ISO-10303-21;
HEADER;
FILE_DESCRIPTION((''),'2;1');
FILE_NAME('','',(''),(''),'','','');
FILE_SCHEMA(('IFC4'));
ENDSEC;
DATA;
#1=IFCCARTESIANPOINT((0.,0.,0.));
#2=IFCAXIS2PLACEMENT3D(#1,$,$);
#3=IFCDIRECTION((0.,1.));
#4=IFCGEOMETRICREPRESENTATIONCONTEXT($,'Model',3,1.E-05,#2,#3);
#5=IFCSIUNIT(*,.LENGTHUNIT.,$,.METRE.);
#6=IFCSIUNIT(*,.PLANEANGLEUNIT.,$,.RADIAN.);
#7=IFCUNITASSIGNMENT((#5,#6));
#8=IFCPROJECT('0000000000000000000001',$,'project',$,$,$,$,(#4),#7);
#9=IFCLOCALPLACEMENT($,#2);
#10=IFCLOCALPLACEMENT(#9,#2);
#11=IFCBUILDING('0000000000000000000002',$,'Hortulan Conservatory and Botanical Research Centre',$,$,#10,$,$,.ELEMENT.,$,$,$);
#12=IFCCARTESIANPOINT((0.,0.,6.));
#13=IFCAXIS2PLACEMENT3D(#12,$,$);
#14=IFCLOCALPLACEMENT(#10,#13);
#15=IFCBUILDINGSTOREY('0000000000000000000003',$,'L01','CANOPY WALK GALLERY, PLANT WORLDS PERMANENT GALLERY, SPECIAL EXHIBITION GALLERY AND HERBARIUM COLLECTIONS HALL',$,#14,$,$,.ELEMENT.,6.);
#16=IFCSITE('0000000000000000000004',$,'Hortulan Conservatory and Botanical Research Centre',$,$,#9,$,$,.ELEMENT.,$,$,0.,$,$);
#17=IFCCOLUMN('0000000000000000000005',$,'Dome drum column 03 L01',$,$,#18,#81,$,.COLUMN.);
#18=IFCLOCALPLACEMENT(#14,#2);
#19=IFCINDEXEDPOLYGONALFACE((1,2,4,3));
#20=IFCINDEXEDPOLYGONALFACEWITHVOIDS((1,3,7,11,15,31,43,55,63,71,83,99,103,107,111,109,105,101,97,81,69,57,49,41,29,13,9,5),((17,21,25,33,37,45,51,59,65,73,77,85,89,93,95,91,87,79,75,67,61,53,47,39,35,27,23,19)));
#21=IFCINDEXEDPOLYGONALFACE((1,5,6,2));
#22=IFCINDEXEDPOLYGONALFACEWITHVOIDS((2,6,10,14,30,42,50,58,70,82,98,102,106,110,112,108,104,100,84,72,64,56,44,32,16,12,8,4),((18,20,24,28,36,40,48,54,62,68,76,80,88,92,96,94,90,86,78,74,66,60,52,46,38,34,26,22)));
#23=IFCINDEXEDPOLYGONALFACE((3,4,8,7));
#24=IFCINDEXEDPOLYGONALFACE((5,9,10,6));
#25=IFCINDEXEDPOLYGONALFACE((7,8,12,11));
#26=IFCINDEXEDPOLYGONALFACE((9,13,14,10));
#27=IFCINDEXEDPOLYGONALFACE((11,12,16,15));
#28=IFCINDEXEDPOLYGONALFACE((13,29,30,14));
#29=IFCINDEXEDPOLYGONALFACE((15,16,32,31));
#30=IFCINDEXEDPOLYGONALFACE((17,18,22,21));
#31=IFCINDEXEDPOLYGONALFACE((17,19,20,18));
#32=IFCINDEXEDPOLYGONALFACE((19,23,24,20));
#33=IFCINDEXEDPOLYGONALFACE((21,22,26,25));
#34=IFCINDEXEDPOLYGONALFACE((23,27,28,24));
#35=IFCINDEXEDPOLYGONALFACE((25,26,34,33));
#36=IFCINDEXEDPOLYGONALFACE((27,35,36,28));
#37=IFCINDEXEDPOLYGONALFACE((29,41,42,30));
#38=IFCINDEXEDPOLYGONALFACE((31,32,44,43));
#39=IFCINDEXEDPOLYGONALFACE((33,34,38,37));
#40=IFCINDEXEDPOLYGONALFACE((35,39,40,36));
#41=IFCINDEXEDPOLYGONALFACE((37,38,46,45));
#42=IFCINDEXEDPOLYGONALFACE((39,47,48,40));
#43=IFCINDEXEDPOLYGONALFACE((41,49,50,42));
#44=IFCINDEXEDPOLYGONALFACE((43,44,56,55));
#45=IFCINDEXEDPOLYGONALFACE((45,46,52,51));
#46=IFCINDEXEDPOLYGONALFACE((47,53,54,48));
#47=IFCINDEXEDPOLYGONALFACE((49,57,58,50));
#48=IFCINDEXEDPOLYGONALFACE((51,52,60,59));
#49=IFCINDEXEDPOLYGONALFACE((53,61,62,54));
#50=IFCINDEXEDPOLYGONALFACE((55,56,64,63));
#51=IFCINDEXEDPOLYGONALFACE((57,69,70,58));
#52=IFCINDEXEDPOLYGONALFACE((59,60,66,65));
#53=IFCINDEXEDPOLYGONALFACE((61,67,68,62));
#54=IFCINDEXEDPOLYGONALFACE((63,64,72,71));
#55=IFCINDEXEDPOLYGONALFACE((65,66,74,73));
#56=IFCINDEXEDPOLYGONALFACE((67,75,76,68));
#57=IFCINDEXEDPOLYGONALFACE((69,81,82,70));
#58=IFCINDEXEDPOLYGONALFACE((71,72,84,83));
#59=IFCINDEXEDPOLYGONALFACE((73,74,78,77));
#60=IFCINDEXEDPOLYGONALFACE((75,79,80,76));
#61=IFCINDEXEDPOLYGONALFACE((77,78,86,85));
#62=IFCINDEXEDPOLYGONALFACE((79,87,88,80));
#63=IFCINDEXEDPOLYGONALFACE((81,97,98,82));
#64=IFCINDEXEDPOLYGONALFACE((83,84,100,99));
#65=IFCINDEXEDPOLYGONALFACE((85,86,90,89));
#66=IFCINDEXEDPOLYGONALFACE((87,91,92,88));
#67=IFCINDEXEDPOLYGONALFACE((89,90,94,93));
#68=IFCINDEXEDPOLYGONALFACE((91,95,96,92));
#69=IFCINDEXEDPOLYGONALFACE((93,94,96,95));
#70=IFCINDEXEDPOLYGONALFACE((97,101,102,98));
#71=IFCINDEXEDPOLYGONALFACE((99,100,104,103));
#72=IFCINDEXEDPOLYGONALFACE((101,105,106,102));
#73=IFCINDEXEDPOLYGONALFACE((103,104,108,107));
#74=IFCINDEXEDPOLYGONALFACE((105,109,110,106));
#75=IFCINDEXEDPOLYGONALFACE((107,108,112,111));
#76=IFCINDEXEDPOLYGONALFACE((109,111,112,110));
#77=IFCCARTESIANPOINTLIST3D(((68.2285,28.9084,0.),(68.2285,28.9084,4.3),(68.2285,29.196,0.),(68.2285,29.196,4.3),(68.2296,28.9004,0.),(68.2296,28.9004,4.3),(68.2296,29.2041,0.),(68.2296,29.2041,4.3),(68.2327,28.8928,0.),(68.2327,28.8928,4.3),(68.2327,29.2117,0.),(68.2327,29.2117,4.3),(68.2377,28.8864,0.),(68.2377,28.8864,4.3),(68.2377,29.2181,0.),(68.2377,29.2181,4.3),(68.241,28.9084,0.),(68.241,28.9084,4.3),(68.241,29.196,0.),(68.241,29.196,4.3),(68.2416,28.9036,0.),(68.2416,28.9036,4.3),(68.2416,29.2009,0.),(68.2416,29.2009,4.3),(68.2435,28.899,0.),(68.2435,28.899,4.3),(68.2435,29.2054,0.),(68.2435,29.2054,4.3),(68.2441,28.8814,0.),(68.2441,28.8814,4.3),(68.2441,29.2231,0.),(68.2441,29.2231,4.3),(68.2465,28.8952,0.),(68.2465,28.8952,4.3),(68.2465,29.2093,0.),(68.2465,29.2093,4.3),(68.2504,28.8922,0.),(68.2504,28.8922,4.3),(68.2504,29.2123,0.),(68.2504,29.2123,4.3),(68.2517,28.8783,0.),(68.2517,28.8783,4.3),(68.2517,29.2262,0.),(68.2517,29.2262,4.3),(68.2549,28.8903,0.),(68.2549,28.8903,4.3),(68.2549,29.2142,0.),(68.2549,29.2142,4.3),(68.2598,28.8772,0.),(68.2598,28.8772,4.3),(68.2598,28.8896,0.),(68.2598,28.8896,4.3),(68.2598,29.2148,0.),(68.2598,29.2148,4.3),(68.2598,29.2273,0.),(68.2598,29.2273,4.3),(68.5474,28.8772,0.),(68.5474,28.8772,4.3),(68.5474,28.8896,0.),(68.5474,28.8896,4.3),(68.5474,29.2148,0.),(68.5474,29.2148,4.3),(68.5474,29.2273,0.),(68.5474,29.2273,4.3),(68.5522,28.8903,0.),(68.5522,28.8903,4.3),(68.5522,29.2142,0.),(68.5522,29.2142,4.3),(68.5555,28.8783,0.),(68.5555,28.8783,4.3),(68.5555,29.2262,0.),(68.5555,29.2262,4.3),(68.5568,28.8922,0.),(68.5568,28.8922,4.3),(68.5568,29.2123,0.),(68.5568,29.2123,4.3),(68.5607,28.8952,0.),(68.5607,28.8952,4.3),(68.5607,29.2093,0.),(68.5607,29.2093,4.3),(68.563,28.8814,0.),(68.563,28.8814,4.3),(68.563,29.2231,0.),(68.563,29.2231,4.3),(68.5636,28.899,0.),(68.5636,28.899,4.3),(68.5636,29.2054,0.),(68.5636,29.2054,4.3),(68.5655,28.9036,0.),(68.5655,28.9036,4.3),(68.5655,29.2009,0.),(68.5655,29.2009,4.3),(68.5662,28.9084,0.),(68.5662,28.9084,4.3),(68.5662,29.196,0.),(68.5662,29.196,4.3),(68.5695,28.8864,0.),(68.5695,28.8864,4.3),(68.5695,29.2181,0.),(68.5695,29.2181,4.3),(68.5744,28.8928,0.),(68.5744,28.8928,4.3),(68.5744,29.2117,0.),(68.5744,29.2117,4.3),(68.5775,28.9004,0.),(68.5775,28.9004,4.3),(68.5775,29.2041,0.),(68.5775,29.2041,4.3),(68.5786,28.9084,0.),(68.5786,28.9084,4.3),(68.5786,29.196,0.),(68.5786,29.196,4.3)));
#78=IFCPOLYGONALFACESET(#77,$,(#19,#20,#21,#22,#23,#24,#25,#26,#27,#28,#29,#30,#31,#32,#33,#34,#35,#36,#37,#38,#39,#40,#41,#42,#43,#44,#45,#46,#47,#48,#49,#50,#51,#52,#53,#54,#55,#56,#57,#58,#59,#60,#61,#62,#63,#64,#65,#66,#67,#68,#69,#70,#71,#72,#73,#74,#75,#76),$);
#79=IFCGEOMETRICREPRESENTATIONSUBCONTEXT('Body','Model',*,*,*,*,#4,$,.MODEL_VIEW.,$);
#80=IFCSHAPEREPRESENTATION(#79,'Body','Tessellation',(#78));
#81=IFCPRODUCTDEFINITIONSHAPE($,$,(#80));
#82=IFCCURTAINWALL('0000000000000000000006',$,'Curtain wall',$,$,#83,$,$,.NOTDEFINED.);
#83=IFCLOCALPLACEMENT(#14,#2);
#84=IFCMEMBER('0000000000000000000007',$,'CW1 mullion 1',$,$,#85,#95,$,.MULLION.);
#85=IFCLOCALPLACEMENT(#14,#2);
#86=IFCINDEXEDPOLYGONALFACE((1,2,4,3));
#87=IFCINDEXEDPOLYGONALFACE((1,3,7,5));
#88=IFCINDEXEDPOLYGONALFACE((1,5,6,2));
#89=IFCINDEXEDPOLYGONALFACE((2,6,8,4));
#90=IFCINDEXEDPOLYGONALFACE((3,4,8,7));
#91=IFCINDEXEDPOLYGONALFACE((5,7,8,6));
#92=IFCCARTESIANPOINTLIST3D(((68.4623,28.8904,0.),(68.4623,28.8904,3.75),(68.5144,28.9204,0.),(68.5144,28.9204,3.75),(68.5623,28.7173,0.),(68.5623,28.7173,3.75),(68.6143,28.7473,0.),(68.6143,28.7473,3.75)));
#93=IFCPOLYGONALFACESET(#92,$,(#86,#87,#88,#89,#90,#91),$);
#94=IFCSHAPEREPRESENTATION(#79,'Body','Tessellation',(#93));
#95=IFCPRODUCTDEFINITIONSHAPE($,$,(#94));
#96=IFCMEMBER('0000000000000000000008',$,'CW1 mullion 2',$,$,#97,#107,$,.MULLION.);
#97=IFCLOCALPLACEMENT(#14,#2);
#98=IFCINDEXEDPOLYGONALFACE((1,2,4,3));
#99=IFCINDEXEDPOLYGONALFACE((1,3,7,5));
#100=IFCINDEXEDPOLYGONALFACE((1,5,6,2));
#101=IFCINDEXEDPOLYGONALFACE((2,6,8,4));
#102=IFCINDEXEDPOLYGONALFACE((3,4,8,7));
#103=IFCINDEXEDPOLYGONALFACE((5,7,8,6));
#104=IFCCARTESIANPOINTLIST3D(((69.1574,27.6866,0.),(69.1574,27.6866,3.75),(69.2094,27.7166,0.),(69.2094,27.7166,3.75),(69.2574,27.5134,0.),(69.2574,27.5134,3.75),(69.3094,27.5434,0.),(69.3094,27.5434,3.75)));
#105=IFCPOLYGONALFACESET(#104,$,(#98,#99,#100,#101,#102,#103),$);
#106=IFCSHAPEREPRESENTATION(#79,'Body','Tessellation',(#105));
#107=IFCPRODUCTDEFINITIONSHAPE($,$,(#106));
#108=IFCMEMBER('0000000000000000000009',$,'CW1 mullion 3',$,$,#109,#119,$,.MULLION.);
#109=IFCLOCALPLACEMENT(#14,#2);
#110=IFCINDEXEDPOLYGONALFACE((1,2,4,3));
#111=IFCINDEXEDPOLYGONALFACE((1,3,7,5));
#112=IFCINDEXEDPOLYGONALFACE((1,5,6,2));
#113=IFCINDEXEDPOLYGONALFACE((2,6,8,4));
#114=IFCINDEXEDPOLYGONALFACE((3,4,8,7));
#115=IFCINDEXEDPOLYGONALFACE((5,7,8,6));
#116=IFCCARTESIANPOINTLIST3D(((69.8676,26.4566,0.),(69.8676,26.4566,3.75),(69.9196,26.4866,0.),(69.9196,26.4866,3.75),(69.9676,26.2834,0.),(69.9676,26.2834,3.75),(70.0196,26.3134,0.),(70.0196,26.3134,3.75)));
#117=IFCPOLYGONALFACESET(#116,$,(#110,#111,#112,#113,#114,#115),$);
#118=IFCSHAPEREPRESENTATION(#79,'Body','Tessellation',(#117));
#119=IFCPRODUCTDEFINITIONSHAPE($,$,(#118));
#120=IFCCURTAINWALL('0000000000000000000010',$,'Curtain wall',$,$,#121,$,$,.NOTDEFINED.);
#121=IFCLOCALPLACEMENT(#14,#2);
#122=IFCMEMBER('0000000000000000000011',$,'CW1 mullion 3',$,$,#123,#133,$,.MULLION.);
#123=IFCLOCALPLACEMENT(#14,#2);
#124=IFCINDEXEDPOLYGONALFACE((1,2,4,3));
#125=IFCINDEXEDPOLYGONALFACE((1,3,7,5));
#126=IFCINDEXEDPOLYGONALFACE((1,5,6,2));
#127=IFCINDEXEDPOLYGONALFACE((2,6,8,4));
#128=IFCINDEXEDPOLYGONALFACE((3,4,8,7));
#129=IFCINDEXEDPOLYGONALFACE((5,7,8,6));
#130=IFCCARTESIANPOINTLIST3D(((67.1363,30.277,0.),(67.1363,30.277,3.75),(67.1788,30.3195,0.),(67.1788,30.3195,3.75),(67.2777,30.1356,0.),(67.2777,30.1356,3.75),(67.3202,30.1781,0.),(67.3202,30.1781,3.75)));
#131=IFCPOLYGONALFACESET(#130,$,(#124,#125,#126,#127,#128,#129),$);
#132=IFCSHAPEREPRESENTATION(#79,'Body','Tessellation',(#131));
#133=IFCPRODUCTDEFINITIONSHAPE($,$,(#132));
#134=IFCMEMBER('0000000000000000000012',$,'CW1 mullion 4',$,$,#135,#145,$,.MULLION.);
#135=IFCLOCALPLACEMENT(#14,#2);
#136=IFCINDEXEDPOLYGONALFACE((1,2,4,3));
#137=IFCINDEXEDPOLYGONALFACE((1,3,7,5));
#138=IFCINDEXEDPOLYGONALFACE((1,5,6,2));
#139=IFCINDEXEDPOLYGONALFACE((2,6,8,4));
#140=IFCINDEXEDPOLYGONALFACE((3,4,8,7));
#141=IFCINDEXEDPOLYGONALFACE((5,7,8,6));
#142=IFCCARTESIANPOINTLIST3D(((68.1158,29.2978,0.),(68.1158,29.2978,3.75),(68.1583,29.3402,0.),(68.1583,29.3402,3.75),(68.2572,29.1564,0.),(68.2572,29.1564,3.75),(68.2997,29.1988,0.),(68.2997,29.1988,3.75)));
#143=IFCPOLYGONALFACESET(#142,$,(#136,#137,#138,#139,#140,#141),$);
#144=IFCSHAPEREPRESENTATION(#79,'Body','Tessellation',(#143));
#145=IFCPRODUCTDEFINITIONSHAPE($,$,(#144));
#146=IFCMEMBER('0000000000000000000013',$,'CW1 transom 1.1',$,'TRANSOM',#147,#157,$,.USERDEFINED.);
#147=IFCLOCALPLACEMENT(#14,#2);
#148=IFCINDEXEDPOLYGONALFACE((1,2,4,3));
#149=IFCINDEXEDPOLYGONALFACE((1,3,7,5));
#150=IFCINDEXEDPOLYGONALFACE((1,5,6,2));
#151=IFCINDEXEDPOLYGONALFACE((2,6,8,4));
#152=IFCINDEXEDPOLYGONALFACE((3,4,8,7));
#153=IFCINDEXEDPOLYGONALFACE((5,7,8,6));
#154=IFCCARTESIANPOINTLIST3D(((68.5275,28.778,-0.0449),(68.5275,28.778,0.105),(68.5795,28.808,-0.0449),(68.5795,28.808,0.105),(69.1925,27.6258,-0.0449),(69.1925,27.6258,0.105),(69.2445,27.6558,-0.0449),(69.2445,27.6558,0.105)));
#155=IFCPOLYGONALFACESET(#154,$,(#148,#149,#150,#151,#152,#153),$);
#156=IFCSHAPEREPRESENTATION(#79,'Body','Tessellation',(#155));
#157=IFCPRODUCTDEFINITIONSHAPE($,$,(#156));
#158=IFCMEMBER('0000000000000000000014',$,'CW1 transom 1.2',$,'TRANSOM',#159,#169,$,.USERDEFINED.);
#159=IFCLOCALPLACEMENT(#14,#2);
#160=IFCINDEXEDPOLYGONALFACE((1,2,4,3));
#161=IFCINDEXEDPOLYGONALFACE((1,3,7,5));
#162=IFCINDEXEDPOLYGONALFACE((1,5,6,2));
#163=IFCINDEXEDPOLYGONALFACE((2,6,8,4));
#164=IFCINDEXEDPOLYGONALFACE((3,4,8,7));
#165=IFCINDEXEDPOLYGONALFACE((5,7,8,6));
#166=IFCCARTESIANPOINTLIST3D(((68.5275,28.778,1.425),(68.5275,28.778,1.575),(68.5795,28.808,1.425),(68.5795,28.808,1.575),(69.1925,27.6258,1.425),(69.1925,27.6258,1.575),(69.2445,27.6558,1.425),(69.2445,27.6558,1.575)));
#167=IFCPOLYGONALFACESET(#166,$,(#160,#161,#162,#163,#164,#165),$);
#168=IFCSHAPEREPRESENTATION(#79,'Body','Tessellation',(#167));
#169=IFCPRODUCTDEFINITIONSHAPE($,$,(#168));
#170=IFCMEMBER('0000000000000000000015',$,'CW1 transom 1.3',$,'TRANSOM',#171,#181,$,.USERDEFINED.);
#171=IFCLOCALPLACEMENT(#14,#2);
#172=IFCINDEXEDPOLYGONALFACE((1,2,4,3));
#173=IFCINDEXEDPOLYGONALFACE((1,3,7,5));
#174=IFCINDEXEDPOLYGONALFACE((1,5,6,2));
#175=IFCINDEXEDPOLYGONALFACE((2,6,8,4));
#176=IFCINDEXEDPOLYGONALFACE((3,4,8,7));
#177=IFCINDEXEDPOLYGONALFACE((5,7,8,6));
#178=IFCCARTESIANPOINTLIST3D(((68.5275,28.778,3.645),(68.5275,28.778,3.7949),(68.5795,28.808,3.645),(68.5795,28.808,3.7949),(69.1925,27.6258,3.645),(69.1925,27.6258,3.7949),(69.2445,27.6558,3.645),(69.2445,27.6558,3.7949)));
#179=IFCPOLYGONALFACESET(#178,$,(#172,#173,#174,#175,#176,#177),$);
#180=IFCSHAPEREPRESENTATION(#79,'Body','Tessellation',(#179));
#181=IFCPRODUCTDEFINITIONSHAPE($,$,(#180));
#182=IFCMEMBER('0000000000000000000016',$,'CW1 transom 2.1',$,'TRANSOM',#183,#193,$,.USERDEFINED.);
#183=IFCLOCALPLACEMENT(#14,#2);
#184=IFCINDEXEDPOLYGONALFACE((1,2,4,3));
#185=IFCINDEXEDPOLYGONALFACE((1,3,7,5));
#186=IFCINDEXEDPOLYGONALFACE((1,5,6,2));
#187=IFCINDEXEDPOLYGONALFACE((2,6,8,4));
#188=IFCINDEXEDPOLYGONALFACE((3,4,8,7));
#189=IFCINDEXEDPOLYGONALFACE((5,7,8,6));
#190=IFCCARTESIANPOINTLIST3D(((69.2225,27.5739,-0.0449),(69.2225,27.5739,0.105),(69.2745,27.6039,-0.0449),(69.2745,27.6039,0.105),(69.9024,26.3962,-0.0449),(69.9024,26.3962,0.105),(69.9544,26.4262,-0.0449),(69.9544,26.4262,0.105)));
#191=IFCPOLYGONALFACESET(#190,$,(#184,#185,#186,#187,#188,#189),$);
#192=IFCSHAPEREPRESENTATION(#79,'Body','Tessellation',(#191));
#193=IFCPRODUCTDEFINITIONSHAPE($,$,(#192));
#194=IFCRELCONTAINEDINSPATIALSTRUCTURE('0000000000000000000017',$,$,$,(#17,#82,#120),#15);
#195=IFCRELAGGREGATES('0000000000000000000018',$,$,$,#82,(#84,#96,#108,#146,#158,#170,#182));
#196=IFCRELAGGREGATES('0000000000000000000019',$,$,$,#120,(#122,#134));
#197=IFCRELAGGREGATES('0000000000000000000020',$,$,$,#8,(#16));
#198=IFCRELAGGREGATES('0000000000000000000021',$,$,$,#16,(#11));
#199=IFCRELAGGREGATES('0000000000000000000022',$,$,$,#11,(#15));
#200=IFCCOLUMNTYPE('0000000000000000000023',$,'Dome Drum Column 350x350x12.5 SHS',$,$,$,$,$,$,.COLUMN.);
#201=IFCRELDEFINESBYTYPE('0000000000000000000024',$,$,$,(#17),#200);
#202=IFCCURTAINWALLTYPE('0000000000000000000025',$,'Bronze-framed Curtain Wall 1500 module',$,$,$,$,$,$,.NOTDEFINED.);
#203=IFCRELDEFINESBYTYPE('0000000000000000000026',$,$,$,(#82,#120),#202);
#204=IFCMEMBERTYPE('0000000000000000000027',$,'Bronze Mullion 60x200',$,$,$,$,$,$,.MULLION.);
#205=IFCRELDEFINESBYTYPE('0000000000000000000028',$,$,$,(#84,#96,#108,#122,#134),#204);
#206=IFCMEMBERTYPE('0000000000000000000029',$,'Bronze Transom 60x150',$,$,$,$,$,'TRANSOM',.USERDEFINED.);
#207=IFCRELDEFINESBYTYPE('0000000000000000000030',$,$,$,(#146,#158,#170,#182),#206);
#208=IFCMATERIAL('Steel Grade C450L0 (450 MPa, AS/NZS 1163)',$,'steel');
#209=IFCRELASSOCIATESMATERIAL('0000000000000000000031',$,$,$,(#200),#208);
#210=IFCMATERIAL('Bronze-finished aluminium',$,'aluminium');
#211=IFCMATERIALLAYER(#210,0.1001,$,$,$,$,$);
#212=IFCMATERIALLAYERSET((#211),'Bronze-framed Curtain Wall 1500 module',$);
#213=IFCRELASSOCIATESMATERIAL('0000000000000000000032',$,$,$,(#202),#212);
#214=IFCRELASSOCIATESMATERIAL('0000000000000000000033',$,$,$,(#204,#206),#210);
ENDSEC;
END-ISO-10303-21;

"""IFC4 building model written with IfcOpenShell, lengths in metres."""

from ifc_helpers import new_model, si_unit, direction, frame, origin, origin_2d, place, context, subcontext, project, spatial, rectangle, hollow_rectangle, extrude, material, layer, layer_set, material_profile, profile_set, type_object, element, aggregate, save


model = new_model("IFC4")

# Units and contexts
model_context = context("Model", 3, precision=1e-05, world=origin(), true_north=direction((0.0, 1.0)))
body_context = subcontext(model_context, "Body", "Model", "MODEL_VIEW")
ifc_project = project(units=[si_unit("LENGTHUNIT", "METRE"), si_unit("PLANEANGLEUNIT", "RADIAN")], contexts=[model_context])

# Site, building, storey
site_placement = place(None, origin())
site = spatial("IfcSite", under=ifc_project, at=site_placement, Name="Hortulan Conservatory and Botanical Research Centre", CompositionType="ELEMENT", RefElevation=0.0)
building_placement = place(site_placement, origin())
building = spatial("IfcBuilding", under=site, at=building_placement, Name="Hortulan Conservatory and Botanical Research Centre", CompositionType="ELEMENT")
storey_placement = place(building_placement, frame((0.0, 0.0, 6.0)))
storey = spatial("IfcBuildingStorey", under=building, at=storey_placement, Name="L01", Description="CANOPY WALK GALLERY, PLANT WORLDS PERMANENT GALLERY, SPECIAL EXHIBITION GALLERY AND HERBARIUM COLLECTIONS HALL", CompositionType="ELEMENT", Elevation=6.0)

# Column
ifc_material_1 = material(Name="Steel Grade C450L0 (450 MPa, AS/NZS 1163)", Category="steel")
ifc_material_profile_1 = material_profile(ifc_material_1, hollow_rectangle(XDim=0.3501, YDim=0.3501, WallThickness=0.0125, InnerFilletRadius=0.0188, OuterFilletRadius=0.0312, at=origin_2d()), Name="350x350x12.5SHS")
ifc_profile_set_1 = profile_set([ifc_material_profile_1], Name="Steel Grade C450L0 (450 MPa, AS/NZS 1163)")
column_type = type_object("IfcColumnType", Name="Dome Drum Column 350x350x12.5 SHS", PredefinedType="COLUMN", material=ifc_profile_set_1)
column_placement = place(storey_placement, frame((68.4036, 29.0522, 0.0), z_axis=(0.0, 0.0, 1.0), x_axis=(1.0, 0.0, 0.0)))
element("IfcColumn", 1, at=column_placement, inside=storey, type_object=column_type, Name="Dome drum column 03 L01", PredefinedType="COLUMN", context=body_context, shape_type="SweptSolid", body=[
    extrude(hollow_rectangle(XDim=0.3501, YDim=0.3501, WallThickness=0.0125, InnerFilletRadius=0.0188, OuterFilletRadius=0.0312, at=origin_2d()), origin(), (0.0, 0.0, 1.0), 4.3),
])

# Curtain walls, members
ifc_material_2 = material(Name="Bronze-finished aluminium", Category="aluminium")
ifc_layer_1 = layer(ifc_material_2, 0.1001)
ifc_layer_set_1 = layer_set([ifc_layer_1], Name="Bronze-framed Curtain Wall 1500 module")
curtain_wall_type = type_object("IfcCurtainWallType", Name="Bronze-framed Curtain Wall 1500 module", PredefinedType="NOTDEFINED", material=ifc_layer_set_1)
curtain_wall_1_placement = place(storey_placement, origin())
curtain_wall_1 = element("IfcCurtainWall", 2, at=curtain_wall_1_placement, inside=storey, type_object=curtain_wall_type, Name="Curtain wall", PredefinedType="NOTDEFINED")
ifc_material_profile_2 = material_profile(ifc_material_2, rectangle(XDim=0.0601, YDim=0.2, at=origin_2d()), Name="Bronze Mullion 60x200")
ifc_profile_set_2 = profile_set([ifc_material_profile_2], Name="Bronze-finished aluminium")
member_type_1 = type_object("IfcMemberType", Name="Bronze Mullion 60x200", PredefinedType="MULLION", material=ifc_profile_set_2)
member_1_placement = place(storey_placement, frame((68.5383, 28.8188, 0.0), z_axis=(0.0, 0.0, 1.0), x_axis=(0.866036, 0.499981, 0.0)))
member_1 = element("IfcMember", 3, at=member_1_placement, type_object=member_type_1, Name="CW1 mullion 1", PredefinedType="MULLION", context=body_context, shape_type="SweptSolid", body=[
    extrude(rectangle(XDim=0.0601, YDim=0.2, at=origin_2d()), origin(), (0.0, 0.0, 1.0), 3.75),
])
member_2_placement = place(storey_placement, frame((69.2334, 27.615, 0.0), z_axis=(0.0, 0.0, 1.0), x_axis=(0.866036, 0.499981, 0.0)))
member_2 = element("IfcMember", 4, at=member_2_placement, type_object=member_type_1, Name="CW1 mullion 2", PredefinedType="MULLION", context=body_context, shape_type="SweptSolid", body=[
    extrude(rectangle(XDim=0.0601, YDim=0.2, at=origin_2d()), origin(), (0.0, 0.0, 1.0), 3.75),
])
member_3_placement = place(storey_placement, frame((69.9436, 26.385, 0.0), z_axis=(0.0, 0.0, 1.0), x_axis=(0.866036, 0.499981, 0.0)))
member_3 = element("IfcMember", 5, at=member_3_placement, type_object=member_type_1, Name="CW1 mullion 3", PredefinedType="MULLION", context=body_context, shape_type="SweptSolid", body=[
    extrude(rectangle(XDim=0.0601, YDim=0.2, at=origin_2d()), origin(), (0.0, 0.0, 1.0), 3.75),
])
curtain_wall_2_placement = place(storey_placement, origin())
curtain_wall_2 = element("IfcCurtainWall", 6, at=curtain_wall_2_placement, inside=storey, type_object=curtain_wall_type, Name="Curtain wall", PredefinedType="NOTDEFINED")
member_4_placement = place(storey_placement, frame((67.2283, 30.2275, 0.0), z_axis=(0.0, 0.0, 1.0), x_axis=(0.707107, 0.707107, 0.0)))
member_4 = element("IfcMember", 7, at=member_4_placement, type_object=member_type_1, Name="CW1 mullion 3", PredefinedType="MULLION", context=body_context, shape_type="SweptSolid", body=[
    extrude(rectangle(XDim=0.0601, YDim=0.2, at=origin_2d()), origin(), (0.0, 0.0, 1.0), 3.75),
])
member_5_placement = place(storey_placement, frame((68.2078, 29.2483, 0.0), z_axis=(0.0, 0.0, 1.0), x_axis=(0.707107, 0.707107, 0.0)))
member_5 = element("IfcMember", 8, at=member_5_placement, type_object=member_type_1, Name="CW1 mullion 4", PredefinedType="MULLION", context=body_context, shape_type="SweptSolid", body=[
    extrude(rectangle(XDim=0.0601, YDim=0.2, at=origin_2d()), origin(), (0.0, 0.0, 1.0), 3.75),
])

# Members
ifc_material_profile_3 = material_profile(ifc_material_2, rectangle(XDim=0.0601, YDim=0.1499, at=origin_2d()), Name="Bronze Transom 60x150")
ifc_profile_set_3 = profile_set([ifc_material_profile_3], Name="Bronze-finished aluminium")
member_type_2 = type_object("IfcMemberType", Name="Bronze Transom 60x150", ElementType="TRANSOM", PredefinedType="USERDEFINED", material=ifc_profile_set_3)
member_6_placement = place(storey_placement, frame((68.5535, 28.793, 0.03), z_axis=(0.499929, -0.866066, 0.0), x_axis=(0.866066, 0.499929, 0.0)))
member_6 = element("IfcMember", 9, at=member_6_placement, type_object=member_type_2, Name="CW1 transom 1.1", ObjectType="TRANSOM", PredefinedType="USERDEFINED", context=body_context, shape_type="SweptSolid", body=[
    extrude(rectangle(XDim=0.0601, YDim=0.1499, at=origin_2d()), origin(), (0.0, 0.0, 1.0), 1.3303),
])
member_7_placement = place(storey_placement, frame((68.5535, 28.793, 1.5), z_axis=(0.499929, -0.866066, 0.0), x_axis=(0.866066, 0.499929, 0.0)))
member_7 = element("IfcMember", 10, at=member_7_placement, type_object=member_type_2, Name="CW1 transom 1.2", ObjectType="TRANSOM", PredefinedType="USERDEFINED", context=body_context, shape_type="SweptSolid", body=[
    extrude(rectangle(XDim=0.0601, YDim=0.1499, at=origin_2d()), origin(), (0.0, 0.0, 1.0), 1.3303),
])
member_8_placement = place(storey_placement, frame((68.5535, 28.793, 3.72), z_axis=(0.499929, -0.866066, 0.0), x_axis=(0.866066, 0.499929, 0.0)))
member_8 = element("IfcMember", 11, at=member_8_placement, type_object=member_type_2, Name="CW1 transom 1.3", ObjectType="TRANSOM", PredefinedType="USERDEFINED", context=body_context, shape_type="SweptSolid", body=[
    extrude(rectangle(XDim=0.0601, YDim=0.1499, at=origin_2d()), origin(), (0.0, 0.0, 1.0), 1.3303),
])
member_9_placement = place(storey_placement, frame((69.2485, 27.5889, 0.03), z_axis=(0.499981, -0.866036, 0.0), x_axis=(0.866036, 0.499981, 0.0)))
member_9 = element("IfcMember", 12, at=member_9_placement, type_object=member_type_2, Name="CW1 transom 2.1", ObjectType="TRANSOM", PredefinedType="USERDEFINED", context=body_context, shape_type="SweptSolid", body=[
    extrude(rectangle(XDim=0.0601, YDim=0.1499, at=origin_2d()), origin(), (0.0, 0.0, 1.0), 1.3599),
])

aggregate(curtain_wall_1, [member_1, member_2, member_3, member_6, member_7, member_8, member_9])
aggregate(curtain_wall_2, [member_4, member_5])

save(model, "model.ifc")
